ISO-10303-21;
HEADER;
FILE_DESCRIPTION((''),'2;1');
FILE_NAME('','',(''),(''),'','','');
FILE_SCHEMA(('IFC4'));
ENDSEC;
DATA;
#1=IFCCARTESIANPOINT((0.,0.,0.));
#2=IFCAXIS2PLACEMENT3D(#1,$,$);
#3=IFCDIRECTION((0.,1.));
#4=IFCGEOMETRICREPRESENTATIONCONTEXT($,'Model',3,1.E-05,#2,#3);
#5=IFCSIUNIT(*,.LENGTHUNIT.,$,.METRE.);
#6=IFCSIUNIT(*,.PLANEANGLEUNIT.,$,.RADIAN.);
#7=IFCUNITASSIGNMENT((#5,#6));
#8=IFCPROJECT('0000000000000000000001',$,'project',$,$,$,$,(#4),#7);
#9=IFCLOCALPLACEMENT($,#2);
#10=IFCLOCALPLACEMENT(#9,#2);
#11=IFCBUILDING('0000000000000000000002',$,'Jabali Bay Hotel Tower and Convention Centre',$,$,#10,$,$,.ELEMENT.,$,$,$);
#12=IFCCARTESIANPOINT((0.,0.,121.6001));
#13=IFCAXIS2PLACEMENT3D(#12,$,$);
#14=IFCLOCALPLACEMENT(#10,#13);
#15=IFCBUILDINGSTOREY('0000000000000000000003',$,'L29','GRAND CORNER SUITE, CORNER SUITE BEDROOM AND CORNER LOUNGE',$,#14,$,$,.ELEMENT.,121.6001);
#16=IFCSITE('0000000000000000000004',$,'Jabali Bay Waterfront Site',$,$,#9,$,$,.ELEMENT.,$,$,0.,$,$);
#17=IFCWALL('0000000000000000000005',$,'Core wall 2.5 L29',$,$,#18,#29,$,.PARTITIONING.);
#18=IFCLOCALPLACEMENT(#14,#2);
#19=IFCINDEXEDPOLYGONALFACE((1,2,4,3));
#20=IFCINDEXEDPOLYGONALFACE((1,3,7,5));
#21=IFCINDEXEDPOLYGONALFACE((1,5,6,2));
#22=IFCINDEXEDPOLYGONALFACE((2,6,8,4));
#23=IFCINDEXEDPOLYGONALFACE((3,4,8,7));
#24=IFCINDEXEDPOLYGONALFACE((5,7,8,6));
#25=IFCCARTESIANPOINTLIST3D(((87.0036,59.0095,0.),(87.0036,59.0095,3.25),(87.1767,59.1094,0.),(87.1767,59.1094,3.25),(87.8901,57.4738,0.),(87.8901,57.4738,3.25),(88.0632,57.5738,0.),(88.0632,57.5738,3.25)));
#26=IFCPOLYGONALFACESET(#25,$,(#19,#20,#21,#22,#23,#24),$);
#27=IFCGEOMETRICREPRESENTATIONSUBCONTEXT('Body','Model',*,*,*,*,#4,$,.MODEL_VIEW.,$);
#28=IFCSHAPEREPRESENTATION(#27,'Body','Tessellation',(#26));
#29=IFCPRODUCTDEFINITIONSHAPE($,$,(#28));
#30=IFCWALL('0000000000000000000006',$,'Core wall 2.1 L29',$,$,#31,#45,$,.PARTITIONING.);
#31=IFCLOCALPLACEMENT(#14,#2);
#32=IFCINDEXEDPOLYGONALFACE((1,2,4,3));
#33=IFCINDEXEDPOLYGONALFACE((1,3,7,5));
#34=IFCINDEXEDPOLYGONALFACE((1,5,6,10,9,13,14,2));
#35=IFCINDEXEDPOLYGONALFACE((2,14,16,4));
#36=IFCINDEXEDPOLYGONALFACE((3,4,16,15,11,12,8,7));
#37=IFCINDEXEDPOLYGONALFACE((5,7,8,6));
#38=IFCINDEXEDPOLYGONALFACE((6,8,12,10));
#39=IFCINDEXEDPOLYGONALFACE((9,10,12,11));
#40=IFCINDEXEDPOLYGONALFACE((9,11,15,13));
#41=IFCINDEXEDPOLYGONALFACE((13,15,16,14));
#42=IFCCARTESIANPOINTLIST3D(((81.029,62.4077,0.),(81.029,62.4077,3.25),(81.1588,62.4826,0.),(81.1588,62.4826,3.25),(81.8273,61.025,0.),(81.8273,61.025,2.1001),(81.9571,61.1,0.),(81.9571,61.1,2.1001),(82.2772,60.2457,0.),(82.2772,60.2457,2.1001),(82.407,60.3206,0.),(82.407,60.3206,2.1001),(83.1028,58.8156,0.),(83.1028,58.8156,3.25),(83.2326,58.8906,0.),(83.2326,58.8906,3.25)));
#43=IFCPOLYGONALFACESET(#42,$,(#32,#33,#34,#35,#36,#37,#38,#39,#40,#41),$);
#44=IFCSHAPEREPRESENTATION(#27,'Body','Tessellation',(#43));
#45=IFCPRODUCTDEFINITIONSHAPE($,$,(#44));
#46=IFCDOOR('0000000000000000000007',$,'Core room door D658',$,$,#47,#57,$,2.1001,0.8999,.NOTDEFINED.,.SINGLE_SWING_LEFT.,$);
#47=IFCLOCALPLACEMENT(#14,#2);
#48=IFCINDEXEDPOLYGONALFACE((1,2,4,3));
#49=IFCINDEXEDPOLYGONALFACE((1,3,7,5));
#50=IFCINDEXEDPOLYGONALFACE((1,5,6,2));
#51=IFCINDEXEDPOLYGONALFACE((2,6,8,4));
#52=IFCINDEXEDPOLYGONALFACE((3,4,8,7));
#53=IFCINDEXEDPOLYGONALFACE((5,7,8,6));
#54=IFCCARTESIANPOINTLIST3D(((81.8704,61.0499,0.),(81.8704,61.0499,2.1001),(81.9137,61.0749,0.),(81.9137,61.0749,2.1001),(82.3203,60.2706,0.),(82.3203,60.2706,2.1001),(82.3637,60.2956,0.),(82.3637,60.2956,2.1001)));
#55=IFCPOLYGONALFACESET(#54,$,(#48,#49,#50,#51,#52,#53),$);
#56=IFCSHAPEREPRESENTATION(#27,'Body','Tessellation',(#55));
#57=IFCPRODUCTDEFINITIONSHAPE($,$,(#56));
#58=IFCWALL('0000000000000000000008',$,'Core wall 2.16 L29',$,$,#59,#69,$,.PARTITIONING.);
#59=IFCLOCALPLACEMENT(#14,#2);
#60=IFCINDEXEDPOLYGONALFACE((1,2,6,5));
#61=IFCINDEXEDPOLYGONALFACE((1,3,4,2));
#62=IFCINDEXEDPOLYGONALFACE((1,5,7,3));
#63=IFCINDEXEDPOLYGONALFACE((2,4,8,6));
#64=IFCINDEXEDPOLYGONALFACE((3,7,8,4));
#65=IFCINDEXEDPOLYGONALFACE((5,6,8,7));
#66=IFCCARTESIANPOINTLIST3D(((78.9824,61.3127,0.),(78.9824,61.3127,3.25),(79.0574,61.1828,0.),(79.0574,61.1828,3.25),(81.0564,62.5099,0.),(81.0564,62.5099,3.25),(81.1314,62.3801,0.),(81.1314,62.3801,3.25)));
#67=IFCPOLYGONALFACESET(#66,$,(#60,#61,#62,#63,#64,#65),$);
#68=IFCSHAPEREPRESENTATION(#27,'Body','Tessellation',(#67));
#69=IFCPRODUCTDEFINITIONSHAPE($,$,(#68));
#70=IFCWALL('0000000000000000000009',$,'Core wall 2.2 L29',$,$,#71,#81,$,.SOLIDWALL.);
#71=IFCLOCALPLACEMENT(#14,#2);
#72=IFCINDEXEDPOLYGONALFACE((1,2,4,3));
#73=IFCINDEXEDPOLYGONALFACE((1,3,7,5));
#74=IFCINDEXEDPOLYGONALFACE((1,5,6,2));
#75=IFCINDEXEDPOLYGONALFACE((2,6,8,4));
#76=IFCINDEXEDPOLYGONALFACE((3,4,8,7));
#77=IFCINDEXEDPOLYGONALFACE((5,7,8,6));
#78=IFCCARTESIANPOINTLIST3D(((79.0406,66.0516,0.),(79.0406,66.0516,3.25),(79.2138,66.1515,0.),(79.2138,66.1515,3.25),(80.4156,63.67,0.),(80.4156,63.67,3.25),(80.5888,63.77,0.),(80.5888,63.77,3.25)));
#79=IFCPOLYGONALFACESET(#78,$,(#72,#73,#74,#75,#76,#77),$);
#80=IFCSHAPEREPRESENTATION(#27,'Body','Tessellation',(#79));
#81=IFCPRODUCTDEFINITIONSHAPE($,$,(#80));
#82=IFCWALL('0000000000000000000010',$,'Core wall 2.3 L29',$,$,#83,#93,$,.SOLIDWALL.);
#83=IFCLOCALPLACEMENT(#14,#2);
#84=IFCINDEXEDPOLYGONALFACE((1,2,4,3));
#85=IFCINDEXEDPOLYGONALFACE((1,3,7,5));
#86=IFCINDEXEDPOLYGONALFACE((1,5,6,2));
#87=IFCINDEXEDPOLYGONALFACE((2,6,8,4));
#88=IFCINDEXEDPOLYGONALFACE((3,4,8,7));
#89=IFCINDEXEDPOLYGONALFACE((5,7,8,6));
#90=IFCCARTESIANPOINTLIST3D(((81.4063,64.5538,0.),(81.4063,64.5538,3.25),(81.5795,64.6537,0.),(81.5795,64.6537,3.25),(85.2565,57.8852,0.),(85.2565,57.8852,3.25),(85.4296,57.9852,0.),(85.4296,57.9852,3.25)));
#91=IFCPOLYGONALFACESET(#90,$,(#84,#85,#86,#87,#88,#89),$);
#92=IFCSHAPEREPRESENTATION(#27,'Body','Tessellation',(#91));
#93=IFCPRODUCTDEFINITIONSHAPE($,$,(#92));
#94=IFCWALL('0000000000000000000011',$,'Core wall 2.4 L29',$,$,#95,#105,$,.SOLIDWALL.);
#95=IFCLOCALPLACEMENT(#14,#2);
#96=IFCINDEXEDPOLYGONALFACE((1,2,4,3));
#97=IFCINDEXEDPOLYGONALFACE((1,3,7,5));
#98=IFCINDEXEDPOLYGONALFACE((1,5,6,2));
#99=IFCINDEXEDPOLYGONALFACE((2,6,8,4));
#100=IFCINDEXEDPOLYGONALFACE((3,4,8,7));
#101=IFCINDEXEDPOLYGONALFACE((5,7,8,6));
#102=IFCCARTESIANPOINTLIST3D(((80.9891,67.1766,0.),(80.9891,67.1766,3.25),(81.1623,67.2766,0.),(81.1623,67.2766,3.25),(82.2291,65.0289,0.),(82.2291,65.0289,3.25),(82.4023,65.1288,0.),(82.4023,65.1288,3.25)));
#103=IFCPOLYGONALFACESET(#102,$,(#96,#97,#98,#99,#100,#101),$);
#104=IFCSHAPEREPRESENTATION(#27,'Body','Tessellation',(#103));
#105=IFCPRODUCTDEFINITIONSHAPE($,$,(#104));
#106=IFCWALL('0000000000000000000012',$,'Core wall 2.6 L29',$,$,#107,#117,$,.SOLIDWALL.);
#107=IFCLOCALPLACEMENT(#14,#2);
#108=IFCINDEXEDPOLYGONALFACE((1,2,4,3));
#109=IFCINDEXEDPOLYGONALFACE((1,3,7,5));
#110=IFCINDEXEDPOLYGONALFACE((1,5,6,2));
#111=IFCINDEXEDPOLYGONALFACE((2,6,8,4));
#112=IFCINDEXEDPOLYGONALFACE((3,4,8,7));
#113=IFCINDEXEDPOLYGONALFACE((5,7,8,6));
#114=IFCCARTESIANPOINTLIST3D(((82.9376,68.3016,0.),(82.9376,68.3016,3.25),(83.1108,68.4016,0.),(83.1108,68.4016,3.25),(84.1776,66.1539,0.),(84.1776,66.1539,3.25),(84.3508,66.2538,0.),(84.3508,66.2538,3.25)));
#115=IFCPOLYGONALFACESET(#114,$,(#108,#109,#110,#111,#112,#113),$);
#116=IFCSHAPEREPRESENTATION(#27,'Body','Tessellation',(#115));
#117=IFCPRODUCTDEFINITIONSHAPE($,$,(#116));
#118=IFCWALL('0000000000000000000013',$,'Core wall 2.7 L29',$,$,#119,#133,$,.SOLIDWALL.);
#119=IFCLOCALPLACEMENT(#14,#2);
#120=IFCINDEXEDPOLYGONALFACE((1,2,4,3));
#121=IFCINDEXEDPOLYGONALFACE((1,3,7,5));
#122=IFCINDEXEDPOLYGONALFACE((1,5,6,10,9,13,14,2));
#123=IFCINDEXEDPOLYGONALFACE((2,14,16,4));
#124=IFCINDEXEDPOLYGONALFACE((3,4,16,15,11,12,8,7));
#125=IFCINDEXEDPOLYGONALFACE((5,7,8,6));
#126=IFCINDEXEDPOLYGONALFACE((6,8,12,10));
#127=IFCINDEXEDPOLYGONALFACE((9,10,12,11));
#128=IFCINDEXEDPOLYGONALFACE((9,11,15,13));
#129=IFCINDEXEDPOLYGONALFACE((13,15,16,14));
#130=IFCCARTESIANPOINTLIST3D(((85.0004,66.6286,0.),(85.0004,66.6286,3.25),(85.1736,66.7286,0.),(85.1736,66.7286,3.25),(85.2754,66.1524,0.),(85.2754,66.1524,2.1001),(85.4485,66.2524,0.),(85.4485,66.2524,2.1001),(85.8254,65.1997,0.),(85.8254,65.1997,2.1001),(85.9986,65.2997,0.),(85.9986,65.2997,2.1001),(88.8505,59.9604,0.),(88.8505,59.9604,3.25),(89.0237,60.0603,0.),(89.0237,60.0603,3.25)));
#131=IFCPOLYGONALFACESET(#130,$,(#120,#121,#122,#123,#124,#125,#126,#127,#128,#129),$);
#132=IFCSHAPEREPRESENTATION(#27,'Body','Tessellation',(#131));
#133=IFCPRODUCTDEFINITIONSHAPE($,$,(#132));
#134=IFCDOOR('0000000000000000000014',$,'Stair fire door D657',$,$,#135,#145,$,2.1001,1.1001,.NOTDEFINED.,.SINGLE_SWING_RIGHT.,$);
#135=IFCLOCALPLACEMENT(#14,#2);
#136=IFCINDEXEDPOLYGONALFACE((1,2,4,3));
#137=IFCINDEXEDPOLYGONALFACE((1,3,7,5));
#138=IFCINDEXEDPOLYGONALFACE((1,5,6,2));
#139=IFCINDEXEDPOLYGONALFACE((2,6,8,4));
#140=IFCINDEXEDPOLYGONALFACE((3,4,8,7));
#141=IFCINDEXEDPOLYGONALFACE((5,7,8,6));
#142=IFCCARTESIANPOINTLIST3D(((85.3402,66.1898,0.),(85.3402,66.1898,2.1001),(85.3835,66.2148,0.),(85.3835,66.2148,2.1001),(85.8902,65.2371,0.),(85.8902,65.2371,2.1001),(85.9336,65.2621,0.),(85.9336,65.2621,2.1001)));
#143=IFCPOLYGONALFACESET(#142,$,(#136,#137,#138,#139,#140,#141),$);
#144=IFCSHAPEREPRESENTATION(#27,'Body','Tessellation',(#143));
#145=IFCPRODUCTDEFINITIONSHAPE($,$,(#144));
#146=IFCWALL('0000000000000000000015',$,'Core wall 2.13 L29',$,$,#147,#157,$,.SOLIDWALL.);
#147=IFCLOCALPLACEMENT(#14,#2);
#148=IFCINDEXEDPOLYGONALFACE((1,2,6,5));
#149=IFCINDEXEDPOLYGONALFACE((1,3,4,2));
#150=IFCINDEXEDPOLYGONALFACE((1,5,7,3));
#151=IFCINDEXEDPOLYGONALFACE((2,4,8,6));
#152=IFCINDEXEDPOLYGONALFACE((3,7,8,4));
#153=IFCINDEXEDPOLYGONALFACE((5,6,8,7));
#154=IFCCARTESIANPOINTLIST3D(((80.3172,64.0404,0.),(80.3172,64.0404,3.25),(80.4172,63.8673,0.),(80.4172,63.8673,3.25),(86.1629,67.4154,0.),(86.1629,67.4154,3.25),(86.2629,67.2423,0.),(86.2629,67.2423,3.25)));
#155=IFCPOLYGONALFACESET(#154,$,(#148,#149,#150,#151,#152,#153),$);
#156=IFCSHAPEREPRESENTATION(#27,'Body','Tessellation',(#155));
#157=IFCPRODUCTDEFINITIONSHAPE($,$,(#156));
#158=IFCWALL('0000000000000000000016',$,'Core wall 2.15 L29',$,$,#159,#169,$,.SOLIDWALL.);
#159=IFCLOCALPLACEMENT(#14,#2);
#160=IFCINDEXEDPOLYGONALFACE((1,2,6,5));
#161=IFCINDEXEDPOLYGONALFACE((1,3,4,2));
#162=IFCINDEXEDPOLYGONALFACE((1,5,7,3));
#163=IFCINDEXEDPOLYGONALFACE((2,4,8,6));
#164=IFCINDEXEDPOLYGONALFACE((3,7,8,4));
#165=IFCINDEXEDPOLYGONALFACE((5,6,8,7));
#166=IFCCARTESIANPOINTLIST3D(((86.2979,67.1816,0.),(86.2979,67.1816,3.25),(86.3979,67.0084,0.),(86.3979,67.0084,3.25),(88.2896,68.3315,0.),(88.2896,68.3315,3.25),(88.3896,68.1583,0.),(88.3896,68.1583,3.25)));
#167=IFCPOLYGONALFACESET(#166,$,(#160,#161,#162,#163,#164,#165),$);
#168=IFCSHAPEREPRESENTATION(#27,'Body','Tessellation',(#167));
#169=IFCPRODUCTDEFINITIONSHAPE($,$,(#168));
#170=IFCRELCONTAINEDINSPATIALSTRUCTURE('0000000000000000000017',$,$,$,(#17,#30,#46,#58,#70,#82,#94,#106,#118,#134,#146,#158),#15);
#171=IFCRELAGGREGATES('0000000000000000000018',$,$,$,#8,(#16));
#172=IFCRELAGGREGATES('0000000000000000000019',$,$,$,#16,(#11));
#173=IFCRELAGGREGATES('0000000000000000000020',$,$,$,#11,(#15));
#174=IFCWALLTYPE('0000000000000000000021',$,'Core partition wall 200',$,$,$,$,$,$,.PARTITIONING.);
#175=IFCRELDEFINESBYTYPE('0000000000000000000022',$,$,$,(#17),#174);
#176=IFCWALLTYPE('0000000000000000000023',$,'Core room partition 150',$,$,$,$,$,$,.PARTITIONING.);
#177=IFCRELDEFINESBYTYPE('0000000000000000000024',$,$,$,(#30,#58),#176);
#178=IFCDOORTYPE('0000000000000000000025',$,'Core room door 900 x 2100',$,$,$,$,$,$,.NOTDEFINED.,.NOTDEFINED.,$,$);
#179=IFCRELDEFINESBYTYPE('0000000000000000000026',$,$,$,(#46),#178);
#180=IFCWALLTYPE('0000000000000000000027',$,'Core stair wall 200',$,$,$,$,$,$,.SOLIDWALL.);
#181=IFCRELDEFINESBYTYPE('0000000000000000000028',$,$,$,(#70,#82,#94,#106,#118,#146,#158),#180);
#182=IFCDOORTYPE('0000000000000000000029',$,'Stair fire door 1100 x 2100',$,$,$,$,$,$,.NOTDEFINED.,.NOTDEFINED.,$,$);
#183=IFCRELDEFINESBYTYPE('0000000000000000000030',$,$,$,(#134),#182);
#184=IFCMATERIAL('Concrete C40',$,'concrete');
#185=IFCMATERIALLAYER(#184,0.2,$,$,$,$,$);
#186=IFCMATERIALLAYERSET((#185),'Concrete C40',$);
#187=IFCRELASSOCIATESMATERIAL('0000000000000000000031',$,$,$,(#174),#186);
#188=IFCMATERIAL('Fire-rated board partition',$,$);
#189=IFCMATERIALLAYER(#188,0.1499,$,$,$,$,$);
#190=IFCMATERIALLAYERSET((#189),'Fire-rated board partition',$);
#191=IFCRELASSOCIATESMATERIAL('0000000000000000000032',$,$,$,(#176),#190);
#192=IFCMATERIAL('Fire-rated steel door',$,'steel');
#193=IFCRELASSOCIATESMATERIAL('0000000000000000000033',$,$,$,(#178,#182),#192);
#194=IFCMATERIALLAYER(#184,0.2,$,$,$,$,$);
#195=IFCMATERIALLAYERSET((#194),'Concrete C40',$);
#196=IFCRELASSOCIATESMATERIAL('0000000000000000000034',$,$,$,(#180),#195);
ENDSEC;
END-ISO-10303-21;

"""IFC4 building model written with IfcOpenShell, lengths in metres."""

from ifc_helpers import new_model, si_unit, direction, frame, frame_2d, origin, place, context, subcontext, project, spatial, rectangle, extrude, material, layer, layer_set, type_object, element, fill, save


model = new_model("IFC4")

# Units and contexts
model_context = context("Model", 3, precision=1e-05, world=origin(), true_north=direction((0.0, 1.0)))
body_context = subcontext(model_context, "Body", "Model", "MODEL_VIEW")
ifc_project = project(units=[si_unit("LENGTHUNIT", "METRE"), si_unit("PLANEANGLEUNIT", "RADIAN")], contexts=[model_context])

# Site, building, storey
site_placement = place(None, origin())
site = spatial("IfcSite", under=ifc_project, at=site_placement, Name="Jabali Bay Waterfront Site", CompositionType="ELEMENT", RefElevation=0.0)
building_placement = place(site_placement, origin())
building = spatial("IfcBuilding", under=site, at=building_placement, Name="Jabali Bay Hotel Tower and Convention Centre", CompositionType="ELEMENT")
storey_placement = place(building_placement, frame((0.0, 0.0, 121.6001)))
storey = spatial("IfcBuildingStorey", under=building, at=storey_placement, Name="L29", Description="GRAND CORNER SUITE, CORNER SUITE BEDROOM AND CORNER LOUNGE", CompositionType="ELEMENT", Elevation=121.6001)

# Wall
ifc_material_1 = material(Name="Concrete C40", Category="concrete")
ifc_layer_1 = layer(ifc_material_1, 0.2)
ifc_layer_set_1 = layer_set([ifc_layer_1], Name="Concrete C40")
wall_type_1 = type_object("IfcWallType", Name="Core partition wall 200", PredefinedType="PARTITIONING", material=ifc_layer_set_1)
wall_1_placement = place(storey_placement, frame((87.0901, 59.0596, 0.0), z_axis=(0.0, 0.0, 1.0), x_axis=(0.499945, -0.866057, 0.0)))
element("IfcWall", 1, at=wall_1_placement, inside=storey, type_object=wall_type_1, Name="Core wall 2.5 L29", PredefinedType="PARTITIONING", context=body_context, shape_type="SweptSolid", body=[
    extrude(rectangle(XDim=1.7732, YDim=0.2, at=frame_2d((0.8867, 0.0))), origin(), (0.0, 0.0, 1.0), 3.25),
])

# Wall, opening, door
ifc_material_2 = material(Name="Fire-rated board partition")
ifc_layer_2 = layer(ifc_material_2, 0.1499)
ifc_layer_set_2 = layer_set([ifc_layer_2], Name="Fire-rated board partition")
wall_type_2 = type_object("IfcWallType", Name="Core room partition 150", PredefinedType="PARTITIONING", material=ifc_layer_set_2)
wall_2_placement = place(storey_placement, frame((81.094, 62.4451, 0.0), z_axis=(0.0, 0.0, 1.0), x_axis=(0.499976, -0.86604, 0.0)))
wall_2 = element("IfcWall", 2, at=wall_2_placement, inside=storey, type_object=wall_type_2, Name="Core wall 2.1 L29", PredefinedType="PARTITIONING", context=body_context, shape_type="SweptSolid", body=[
    extrude(rectangle(XDim=4.1477, YDim=0.1499, at=frame_2d((2.0737, 0.0))), origin(), (0.0, 0.0, 1.0), 3.25),
])
opening_1_placement = place(wall_2_placement, frame((1.5964, 0.0, 0.0)))
opening_1 = element("IfcOpeningElement", 3, at=opening_1_placement, cuts=wall_2, PredefinedType="OPENING", context=body_context, shape_type="SweptSolid", body=[
    extrude(rectangle(XDim=0.8999, YDim=2.1001, at=frame_2d((0.45, 1.05))), frame((0.0, 0.0854, 0.0), z_axis=(0.0, -1.0, 0.0), x_axis=(1.0, 0.0, 0.0)), (0.0, 0.0, 1.0), 0.1709),
])
ifc_material_3 = material(Name="Fire-rated steel door", Category="steel")
door_type_1 = type_object("IfcDoorType", Name="Core room door 900 x 2100", OperationType="NOTDEFINED", PredefinedType="NOTDEFINED", material=ifc_material_3)
door_1_placement = place(opening_1_placement, origin())
door_1 = element("IfcDoor", 4, at=door_1_placement, inside=storey, type_object=door_type_1, Name="Core room door D658", OperationType="SINGLE_SWING_LEFT", OverallHeight=2.1001, OverallWidth=0.8999, PredefinedType="NOTDEFINED", context=body_context, shape_type="SweptSolid", body=[
    extrude(rectangle(XDim=0.8999, YDim=2.1001, at=frame_2d((0.45, 1.05))), frame((0.0, 0.0249, 0.0), z_axis=(0.0, -1.0, 0.0), x_axis=(1.0, 0.0, 0.0)), (0.0, 0.0, 1.0), 0.05),
])
fill(opening_1, door_1)

# Walls
wall_3_placement = place(storey_placement, frame((79.02, 61.2478, 0.0), z_axis=(0.0, 0.0, 1.0), x_axis=(0.866051, 0.499955, 0.0)))
element("IfcWall", 5, at=wall_3_placement, inside=storey, type_object=wall_type_2, Name="Core wall 2.16 L29", PredefinedType="PARTITIONING", context=body_context, shape_type="SweptSolid", body=[
    extrude(rectangle(XDim=2.3948, YDim=0.1499, at=frame_2d((1.1973, 0.0))), origin(), (0.0, 0.0, 1.0), 3.25),
])
ifc_layer_3 = layer(ifc_material_1, 0.2)
ifc_layer_set_3 = layer_set([ifc_layer_3], Name="Concrete C40")
wall_type_3 = type_object("IfcWallType", Name="Core stair wall 200", PredefinedType="SOLIDWALL", material=ifc_layer_set_3)
wall_4_placement = place(storey_placement, frame((79.1272, 66.1016, 0.0), z_axis=(0.0, 0.0, 1.0), x_axis=(0.499997, -0.866027, 0.0)))
element("IfcWall", 6, at=wall_4_placement, inside=storey, type_object=wall_type_3, Name="Core wall 2.2 L29", PredefinedType="SOLIDWALL", context=body_context, shape_type="SweptSolid", body=[
    extrude(rectangle(XDim=2.75, YDim=0.2, at=frame_2d((1.375, 0.0))), origin(), (0.0, 0.0, 1.0), 3.25),
])
wall_5_placement = place(storey_placement, frame((81.4929, 64.6038, 0.0), z_axis=(0.0, 0.0, 1.0), x_axis=(0.500006, -0.866022, 0.0)))
element("IfcWall", 7, at=wall_5_placement, inside=storey, type_object=wall_type_3, Name="Core wall 2.3 L29", PredefinedType="SOLIDWALL", context=body_context, shape_type="SweptSolid", body=[
    extrude(rectangle(XDim=7.7002, YDim=0.2, at=frame_2d((3.8501, 0.0))), origin(), (0.0, 0.0, 1.0), 3.25),
])
for number, where, z_axis, x_axis, name in (
    (8, (81.0757, 67.2266, 0.0), (0.0, 0.0, 1.0), (0.500004, -0.866023, 0.0), "Core wall 2.4 L29"),
    (9, (83.0242, 68.3516, 0.0), (0.0, 0.0, 1.0), (0.500004, -0.866023, 0.0), "Core wall 2.6 L29"),
):
    element("IfcWall", number, at=place(storey_placement, frame(where, z_axis=z_axis, x_axis=x_axis)), inside=storey, type_object=wall_type_3, Name=name, PredefinedType="SOLIDWALL", context=body_context, shape_type="SweptSolid", body=[
        extrude(rectangle(XDim=2.48, YDim=0.2, at=frame_2d((1.24, 0.0))), origin(), (0.0, 0.0, 1.0), 3.25),
    ])

# Wall, opening, door
wall_6_placement = place(storey_placement, frame((85.0869, 66.6787, 0.0), z_axis=(0.0, 0.0, 1.0), x_axis=(0.50002, -0.866014, 0.0)))
wall_6 = element("IfcWall", 10, at=wall_6_placement, inside=storey, type_object=wall_type_3, Name="Core wall 2.7 L29", PredefinedType="SOLIDWALL", context=body_context, shape_type="SweptSolid", body=[
    extrude(rectangle(XDim=7.7, YDim=0.2, at=frame_2d((3.8501, 0.0))), origin(), (0.0, 0.0, 1.0), 3.25),
])
opening_2_placement = place(wall_6_placement, frame((0.55, 0.0, 0.0)))
opening_2 = element("IfcOpeningElement", 11, at=opening_2_placement, cuts=wall_6, PredefinedType="OPENING", context=body_context, shape_type="SweptSolid", body=[
    extrude(rectangle(XDim=1.1001, YDim=2.1001, at=frame_2d((0.55, 1.05))), frame((0.0, 0.1104, 0.0), z_axis=(0.0, -1.0, 0.0), x_axis=(1.0, 0.0, 0.0)), (0.0, 0.0, 1.0), 0.2209),
])
door_type_2 = type_object("IfcDoorType", Name="Stair fire door 1100 x 2100", OperationType="NOTDEFINED", PredefinedType="NOTDEFINED", material=ifc_material_3)
door_2_placement = place(opening_2_placement, origin())
door_2 = element("IfcDoor", 12, at=door_2_placement, inside=storey, type_object=door_type_2, Name="Stair fire door D657", OperationType="SINGLE_SWING_RIGHT", OverallHeight=2.1001, OverallWidth=1.1001, PredefinedType="NOTDEFINED", context=body_context, shape_type="SweptSolid", body=[
    extrude(rectangle(XDim=1.1001, YDim=2.1001, at=frame_2d((0.55, 1.05))), frame((0.0, 0.0249, 0.0), z_axis=(0.0, -1.0, 0.0), x_axis=(1.0, 0.0, 0.0)), (0.0, 0.0, 1.0), 0.05),
])
fill(opening_2, door_2)

# Walls
wall_7_placement = place(storey_placement, frame((80.3672, 63.9539, 0.0), z_axis=(0.0, 0.0, 1.0), x_axis=(0.866027, 0.499998, 0.0)))
element("IfcWall", 13, at=wall_7_placement, inside=storey, type_object=wall_type_3, Name="Core wall 2.13 L29", PredefinedType="SOLIDWALL", context=body_context, shape_type="SweptSolid", body=[
    extrude(rectangle(XDim=6.75, YDim=0.2, at=frame_2d((3.375, 0.0))), origin(), (0.0, 0.0, 1.0), 3.25),
])
wall_8_placement = place(storey_placement, frame((86.3479, 67.095, 0.0), z_axis=(0.0, 0.0, 1.0), x_axis=(0.866026, 0.499998, 0.0)))
element("IfcWall", 14, at=wall_8_placement, inside=storey, type_object=wall_type_3, Name="Core wall 2.15 L29", PredefinedType="SOLIDWALL", context=body_context, shape_type="SweptSolid", body=[
    extrude(rectangle(XDim=2.2998, YDim=0.2, at=frame_2d((1.1499, 0.0))), origin(), (0.0, 0.0, 1.0), 3.25),
])

save(model, "model.ifc")
